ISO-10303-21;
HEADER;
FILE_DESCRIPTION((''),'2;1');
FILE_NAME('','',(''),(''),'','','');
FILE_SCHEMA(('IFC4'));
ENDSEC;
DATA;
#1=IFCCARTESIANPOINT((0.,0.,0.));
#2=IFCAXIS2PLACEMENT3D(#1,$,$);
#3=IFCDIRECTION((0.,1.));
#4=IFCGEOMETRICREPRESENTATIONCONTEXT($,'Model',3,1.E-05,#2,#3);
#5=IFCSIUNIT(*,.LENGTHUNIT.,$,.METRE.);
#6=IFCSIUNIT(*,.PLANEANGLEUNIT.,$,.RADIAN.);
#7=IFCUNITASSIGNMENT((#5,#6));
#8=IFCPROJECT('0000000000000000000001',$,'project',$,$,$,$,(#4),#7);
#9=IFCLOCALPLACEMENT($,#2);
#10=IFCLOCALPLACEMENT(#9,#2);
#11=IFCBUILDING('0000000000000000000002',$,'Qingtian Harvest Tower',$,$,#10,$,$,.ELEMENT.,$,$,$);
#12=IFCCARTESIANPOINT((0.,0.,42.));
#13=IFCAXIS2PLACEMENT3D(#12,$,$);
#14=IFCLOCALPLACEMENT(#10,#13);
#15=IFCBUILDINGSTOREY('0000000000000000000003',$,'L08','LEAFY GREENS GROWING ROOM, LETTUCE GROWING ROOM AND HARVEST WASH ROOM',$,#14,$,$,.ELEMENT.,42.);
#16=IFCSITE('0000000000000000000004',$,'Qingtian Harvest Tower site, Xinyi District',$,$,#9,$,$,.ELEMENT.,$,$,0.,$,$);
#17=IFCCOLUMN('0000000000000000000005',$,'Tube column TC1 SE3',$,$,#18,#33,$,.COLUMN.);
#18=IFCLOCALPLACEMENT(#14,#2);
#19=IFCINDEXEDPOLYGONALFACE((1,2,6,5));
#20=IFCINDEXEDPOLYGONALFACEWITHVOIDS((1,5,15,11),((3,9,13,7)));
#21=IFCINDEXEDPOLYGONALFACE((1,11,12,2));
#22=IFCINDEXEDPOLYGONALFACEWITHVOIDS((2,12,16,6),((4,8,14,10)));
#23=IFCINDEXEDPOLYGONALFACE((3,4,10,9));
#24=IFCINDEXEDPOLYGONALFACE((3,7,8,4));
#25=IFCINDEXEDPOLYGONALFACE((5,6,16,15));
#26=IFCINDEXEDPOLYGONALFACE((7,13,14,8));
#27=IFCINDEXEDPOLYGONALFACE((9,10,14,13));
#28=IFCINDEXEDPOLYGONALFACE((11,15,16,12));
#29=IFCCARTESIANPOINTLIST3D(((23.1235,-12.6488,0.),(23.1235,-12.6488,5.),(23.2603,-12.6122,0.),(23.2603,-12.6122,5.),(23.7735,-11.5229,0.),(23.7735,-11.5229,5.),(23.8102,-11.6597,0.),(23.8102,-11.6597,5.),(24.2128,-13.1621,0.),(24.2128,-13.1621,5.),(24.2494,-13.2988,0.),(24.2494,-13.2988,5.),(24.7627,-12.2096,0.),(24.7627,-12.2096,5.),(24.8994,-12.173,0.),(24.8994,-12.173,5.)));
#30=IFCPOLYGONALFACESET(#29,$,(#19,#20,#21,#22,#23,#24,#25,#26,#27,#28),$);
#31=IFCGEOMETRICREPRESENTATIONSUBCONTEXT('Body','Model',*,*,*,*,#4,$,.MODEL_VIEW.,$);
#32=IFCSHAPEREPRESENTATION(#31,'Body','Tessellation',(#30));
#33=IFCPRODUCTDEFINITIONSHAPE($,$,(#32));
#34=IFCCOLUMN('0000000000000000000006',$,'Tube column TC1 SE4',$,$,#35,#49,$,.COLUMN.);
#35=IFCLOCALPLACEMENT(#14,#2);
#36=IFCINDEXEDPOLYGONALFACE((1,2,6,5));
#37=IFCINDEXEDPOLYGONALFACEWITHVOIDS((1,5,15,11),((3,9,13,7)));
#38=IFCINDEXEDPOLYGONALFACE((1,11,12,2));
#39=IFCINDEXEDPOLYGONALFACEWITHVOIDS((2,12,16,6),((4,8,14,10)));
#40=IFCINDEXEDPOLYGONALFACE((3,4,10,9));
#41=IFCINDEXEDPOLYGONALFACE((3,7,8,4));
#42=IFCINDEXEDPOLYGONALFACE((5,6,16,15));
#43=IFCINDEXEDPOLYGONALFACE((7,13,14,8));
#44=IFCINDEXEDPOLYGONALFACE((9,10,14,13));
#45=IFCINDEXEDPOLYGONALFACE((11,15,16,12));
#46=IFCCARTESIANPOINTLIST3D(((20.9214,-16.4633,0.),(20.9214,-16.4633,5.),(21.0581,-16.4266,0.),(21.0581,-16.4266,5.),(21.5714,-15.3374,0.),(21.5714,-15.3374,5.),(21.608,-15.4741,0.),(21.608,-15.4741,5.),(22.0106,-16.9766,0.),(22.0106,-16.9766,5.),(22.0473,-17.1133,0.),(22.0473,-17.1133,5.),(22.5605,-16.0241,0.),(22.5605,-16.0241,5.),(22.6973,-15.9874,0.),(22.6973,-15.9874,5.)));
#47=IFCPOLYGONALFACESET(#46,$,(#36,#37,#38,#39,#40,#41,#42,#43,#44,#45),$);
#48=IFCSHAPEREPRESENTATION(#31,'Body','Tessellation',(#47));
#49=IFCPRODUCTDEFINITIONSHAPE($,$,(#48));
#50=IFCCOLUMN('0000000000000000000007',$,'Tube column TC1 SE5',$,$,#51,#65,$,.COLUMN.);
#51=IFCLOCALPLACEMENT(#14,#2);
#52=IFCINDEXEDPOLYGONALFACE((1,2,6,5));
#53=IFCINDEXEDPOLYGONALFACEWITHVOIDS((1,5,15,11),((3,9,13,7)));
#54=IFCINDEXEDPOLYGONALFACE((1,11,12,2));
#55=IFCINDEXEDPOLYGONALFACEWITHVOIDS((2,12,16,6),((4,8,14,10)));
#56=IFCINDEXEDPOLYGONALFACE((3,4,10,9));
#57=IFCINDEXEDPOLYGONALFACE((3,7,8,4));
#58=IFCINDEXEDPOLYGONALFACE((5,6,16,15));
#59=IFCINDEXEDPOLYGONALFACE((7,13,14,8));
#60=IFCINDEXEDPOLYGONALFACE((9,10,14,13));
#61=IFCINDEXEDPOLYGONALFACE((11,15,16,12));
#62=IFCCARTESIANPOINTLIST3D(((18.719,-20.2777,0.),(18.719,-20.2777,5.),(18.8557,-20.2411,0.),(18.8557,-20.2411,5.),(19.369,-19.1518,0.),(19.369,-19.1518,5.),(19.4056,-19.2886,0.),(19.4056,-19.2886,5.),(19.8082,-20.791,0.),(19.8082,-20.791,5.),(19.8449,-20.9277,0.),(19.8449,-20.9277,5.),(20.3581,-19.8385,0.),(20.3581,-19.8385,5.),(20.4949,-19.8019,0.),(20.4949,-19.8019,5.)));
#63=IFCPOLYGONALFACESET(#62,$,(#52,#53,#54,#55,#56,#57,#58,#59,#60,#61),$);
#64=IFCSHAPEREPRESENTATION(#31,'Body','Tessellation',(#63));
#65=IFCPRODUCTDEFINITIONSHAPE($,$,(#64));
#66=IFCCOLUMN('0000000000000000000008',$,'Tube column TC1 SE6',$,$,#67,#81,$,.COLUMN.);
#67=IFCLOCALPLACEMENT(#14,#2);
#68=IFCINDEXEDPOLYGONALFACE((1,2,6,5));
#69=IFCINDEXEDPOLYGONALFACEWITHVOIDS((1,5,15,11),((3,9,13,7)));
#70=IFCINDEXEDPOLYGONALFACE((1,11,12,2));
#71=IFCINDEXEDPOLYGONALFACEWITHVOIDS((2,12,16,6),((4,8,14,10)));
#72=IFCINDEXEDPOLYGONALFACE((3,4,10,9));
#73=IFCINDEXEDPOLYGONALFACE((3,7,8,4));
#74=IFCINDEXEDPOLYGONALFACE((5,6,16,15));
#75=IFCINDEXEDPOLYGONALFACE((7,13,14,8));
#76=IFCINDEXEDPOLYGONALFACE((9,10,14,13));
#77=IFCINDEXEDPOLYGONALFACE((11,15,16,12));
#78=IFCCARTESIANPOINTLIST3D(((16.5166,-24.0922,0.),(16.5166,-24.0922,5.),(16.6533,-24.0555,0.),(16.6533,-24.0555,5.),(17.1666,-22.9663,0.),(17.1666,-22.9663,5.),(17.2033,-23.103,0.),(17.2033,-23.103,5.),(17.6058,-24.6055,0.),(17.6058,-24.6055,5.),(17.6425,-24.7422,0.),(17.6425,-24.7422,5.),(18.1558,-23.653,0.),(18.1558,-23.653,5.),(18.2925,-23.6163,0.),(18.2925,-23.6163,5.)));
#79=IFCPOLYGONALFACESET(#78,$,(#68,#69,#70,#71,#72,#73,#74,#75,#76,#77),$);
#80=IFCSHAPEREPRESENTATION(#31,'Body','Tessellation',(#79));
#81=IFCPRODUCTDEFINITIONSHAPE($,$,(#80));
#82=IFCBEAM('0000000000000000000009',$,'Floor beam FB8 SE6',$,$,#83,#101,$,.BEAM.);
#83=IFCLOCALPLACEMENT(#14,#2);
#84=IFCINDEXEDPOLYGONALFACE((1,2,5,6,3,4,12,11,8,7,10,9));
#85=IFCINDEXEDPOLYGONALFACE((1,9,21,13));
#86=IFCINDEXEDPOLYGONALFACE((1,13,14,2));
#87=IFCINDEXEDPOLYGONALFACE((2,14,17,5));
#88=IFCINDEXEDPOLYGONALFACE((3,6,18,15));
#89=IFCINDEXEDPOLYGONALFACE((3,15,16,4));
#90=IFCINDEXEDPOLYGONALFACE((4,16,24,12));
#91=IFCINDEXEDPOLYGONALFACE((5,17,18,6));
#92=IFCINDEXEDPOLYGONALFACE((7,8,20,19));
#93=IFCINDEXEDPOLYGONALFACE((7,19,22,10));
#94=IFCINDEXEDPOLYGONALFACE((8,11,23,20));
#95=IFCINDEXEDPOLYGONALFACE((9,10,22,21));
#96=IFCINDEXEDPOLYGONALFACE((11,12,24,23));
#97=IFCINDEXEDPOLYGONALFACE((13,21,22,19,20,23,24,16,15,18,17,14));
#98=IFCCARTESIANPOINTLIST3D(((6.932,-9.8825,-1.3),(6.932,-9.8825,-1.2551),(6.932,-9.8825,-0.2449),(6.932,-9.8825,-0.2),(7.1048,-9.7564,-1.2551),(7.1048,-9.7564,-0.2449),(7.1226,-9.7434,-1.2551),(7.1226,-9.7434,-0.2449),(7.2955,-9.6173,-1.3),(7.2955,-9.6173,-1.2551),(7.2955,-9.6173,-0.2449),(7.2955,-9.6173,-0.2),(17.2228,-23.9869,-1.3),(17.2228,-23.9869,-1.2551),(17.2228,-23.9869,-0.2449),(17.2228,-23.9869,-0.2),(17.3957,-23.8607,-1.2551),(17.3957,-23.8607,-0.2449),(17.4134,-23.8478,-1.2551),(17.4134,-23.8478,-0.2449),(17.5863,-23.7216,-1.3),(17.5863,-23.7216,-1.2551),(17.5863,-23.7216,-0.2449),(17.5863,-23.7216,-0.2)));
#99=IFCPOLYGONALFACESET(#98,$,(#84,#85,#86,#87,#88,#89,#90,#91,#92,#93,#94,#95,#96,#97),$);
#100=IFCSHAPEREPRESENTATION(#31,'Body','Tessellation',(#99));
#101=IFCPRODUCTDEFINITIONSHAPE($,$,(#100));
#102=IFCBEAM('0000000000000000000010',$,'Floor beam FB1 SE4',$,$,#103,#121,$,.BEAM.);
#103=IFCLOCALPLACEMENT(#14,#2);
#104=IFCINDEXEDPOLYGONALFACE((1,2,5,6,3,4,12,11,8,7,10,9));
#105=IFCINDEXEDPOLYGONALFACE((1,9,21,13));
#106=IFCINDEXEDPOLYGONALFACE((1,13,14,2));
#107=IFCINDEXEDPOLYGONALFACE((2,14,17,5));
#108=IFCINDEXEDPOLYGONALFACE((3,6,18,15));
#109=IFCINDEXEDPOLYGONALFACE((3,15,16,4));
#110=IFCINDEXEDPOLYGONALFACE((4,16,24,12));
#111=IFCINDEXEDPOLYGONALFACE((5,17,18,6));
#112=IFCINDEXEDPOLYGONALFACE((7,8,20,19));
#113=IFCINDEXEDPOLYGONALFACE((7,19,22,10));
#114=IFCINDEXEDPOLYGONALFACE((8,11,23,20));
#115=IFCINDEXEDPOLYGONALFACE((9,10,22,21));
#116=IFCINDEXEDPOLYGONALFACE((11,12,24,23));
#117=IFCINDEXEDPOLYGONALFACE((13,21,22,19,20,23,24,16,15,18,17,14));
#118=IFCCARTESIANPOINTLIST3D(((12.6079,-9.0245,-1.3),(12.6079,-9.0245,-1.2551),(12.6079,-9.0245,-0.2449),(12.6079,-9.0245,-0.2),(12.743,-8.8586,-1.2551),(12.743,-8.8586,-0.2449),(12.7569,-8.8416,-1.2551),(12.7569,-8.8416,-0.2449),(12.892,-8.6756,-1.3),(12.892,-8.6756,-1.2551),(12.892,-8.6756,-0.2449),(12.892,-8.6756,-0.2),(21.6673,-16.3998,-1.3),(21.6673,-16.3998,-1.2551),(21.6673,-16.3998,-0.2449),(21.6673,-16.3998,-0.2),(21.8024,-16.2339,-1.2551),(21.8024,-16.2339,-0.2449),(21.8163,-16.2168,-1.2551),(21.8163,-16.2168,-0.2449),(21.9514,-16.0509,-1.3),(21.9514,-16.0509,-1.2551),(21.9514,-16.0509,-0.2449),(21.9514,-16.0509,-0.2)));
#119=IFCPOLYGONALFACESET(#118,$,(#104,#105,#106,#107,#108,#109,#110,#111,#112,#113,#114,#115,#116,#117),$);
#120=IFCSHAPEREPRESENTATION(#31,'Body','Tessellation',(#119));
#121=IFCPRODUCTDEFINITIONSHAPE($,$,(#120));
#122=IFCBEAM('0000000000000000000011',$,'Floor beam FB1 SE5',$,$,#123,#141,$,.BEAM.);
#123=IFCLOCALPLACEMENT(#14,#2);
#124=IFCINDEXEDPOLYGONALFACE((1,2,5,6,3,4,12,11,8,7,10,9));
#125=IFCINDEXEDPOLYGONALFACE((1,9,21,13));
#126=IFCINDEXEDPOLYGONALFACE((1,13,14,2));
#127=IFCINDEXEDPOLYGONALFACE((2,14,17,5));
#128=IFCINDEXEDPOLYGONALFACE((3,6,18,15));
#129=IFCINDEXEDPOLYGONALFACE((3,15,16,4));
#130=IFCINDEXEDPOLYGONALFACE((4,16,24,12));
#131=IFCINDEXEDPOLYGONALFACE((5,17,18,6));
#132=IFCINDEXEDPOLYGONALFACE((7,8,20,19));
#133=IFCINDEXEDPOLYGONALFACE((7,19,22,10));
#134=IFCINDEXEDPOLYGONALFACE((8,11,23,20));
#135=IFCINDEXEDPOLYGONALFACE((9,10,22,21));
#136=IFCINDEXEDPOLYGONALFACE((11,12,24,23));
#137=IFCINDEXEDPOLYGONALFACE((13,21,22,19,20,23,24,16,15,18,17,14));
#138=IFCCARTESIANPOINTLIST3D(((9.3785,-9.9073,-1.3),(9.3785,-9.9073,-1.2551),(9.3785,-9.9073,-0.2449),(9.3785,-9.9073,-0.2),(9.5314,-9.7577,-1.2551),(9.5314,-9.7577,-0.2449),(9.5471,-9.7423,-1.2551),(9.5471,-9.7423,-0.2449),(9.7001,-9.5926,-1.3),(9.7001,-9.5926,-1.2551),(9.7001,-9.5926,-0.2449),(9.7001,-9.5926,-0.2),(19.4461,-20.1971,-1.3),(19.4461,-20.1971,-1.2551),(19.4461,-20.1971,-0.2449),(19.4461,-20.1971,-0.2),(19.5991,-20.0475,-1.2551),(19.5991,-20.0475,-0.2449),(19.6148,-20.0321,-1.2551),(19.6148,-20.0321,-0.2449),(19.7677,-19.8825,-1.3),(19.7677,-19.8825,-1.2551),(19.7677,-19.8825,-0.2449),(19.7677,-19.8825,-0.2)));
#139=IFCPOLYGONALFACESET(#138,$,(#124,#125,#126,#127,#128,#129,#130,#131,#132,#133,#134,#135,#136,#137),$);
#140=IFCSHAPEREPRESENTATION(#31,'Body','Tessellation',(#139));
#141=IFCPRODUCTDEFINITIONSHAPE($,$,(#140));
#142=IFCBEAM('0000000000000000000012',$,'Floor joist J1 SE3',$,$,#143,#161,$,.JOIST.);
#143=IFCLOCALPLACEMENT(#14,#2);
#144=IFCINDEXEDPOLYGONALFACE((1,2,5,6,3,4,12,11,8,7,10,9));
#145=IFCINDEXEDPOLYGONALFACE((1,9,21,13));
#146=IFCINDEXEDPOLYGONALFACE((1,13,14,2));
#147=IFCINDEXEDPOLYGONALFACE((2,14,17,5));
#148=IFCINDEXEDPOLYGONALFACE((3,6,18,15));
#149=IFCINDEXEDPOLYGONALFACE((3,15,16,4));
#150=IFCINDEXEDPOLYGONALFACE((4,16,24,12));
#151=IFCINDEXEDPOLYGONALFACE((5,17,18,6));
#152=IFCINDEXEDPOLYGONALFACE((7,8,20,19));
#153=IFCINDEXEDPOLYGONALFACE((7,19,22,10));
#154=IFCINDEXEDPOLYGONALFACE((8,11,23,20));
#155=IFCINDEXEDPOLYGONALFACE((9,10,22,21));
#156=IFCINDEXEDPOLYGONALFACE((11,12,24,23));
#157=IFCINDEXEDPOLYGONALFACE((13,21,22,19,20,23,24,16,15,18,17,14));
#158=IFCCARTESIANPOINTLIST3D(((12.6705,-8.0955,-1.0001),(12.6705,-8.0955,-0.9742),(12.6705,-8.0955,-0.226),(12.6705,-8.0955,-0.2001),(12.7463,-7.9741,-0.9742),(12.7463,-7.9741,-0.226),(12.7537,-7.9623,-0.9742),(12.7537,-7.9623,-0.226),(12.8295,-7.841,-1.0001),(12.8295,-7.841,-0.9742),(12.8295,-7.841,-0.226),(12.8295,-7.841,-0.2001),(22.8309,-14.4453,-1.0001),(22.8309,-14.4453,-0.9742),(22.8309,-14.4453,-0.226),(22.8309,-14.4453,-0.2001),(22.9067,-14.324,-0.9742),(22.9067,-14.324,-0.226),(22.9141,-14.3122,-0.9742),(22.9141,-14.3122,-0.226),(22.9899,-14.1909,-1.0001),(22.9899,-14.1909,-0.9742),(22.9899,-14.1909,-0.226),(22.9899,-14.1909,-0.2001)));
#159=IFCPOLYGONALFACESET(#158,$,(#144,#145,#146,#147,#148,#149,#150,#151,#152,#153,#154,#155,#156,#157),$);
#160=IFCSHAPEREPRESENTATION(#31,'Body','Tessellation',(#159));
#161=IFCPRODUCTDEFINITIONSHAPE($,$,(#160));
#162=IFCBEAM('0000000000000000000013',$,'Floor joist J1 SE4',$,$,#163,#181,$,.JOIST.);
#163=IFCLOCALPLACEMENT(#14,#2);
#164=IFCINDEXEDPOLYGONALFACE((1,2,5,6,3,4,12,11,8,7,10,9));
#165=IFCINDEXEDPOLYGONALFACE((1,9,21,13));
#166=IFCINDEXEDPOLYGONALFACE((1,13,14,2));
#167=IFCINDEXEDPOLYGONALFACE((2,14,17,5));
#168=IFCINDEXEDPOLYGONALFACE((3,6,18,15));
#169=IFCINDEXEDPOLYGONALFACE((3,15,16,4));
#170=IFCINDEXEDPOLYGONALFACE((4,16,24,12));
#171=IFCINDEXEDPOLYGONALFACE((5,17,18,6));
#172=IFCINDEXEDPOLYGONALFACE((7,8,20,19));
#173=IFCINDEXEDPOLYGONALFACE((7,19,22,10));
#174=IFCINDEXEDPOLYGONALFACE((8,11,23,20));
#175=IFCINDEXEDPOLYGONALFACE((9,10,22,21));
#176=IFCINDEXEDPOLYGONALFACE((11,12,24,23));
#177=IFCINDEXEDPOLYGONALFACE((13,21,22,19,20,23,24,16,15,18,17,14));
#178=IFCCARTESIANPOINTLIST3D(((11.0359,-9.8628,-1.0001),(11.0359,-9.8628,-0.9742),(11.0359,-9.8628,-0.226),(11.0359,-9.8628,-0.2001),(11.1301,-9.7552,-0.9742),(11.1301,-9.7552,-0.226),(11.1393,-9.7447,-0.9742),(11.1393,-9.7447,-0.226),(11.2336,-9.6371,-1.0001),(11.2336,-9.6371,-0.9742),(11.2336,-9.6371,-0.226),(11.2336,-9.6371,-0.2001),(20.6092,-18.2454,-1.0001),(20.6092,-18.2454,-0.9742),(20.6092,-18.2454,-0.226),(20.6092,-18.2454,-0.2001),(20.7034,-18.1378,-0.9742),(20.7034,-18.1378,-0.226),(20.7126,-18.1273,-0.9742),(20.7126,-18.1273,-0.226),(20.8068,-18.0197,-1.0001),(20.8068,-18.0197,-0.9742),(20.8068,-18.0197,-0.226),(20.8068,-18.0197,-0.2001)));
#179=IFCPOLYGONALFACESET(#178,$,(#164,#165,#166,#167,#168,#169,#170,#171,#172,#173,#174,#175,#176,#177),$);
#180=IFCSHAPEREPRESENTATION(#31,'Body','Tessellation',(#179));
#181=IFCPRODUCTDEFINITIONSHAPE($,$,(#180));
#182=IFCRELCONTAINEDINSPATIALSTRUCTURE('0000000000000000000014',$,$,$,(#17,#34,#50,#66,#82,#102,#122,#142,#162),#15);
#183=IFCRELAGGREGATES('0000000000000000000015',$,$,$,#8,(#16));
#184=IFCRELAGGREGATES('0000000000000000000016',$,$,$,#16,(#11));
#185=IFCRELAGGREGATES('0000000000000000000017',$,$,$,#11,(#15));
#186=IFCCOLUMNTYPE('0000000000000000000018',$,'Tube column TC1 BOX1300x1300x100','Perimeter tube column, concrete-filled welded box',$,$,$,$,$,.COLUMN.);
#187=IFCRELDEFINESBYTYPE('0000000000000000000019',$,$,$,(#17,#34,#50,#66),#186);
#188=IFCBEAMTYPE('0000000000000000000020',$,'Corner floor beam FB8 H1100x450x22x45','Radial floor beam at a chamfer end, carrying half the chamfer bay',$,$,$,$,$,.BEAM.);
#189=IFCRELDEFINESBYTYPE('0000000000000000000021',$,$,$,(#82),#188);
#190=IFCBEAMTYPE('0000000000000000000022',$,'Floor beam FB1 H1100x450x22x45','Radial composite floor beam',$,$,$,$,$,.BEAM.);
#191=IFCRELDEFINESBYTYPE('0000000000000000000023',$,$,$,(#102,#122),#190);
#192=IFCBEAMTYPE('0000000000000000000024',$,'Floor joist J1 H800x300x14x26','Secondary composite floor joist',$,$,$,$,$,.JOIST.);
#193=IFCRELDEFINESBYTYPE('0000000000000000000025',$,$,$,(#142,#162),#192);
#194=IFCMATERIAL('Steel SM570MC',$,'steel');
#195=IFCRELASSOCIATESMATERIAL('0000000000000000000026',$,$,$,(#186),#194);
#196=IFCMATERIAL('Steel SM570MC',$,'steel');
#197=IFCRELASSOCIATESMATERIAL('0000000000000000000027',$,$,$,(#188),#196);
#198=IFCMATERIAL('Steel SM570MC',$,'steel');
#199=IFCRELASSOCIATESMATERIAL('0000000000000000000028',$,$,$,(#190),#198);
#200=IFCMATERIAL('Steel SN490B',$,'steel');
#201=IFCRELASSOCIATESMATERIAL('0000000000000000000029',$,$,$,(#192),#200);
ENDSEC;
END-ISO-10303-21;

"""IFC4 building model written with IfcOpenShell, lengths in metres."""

from ifc_helpers import new_model, si_unit, direction, frame, origin, origin_2d, place, context, subcontext, project, spatial, hollow_rectangle, i_section, extrude, material, material_profile, profile_set, type_object, element, save


model = new_model("IFC4")

# Units and contexts
model_context = context("Model", 3, precision=1e-05, world=origin(), true_north=direction((0.0, 1.0)))
body_context = subcontext(model_context, "Body", "Model", "MODEL_VIEW")
ifc_project = project(units=[si_unit("LENGTHUNIT", "METRE"), si_unit("PLANEANGLEUNIT", "RADIAN")], contexts=[model_context])

# Site, building, storey
site_placement = place(None, origin())
site = spatial("IfcSite", under=ifc_project, at=site_placement, Name="Qingtian Harvest Tower site, Xinyi District", CompositionType="ELEMENT", RefElevation=0.0)
building_placement = place(site_placement, origin())
building = spatial("IfcBuilding", under=site, at=building_placement, Name="Qingtian Harvest Tower", CompositionType="ELEMENT")
storey_placement = place(building_placement, frame((0.0, 0.0, 42.0)))
storey = spatial("IfcBuildingStorey", under=building, at=storey_placement, Name="L08", Description="LEAFY GREENS GROWING ROOM, LETTUCE GROWING ROOM AND HARVEST WASH ROOM", CompositionType="ELEMENT", Elevation=42.0)

# Columns
ifc_material_1 = material(Name="Steel SM570MC", Category="steel")
ifc_material_profile_1 = material_profile(ifc_material_1, hollow_rectangle(XDim=1.3, YDim=1.3, WallThickness=0.1001, at=origin_2d()), Name="BOX1300x1300x100")
ifc_profile_set_1 = profile_set([ifc_material_profile_1], Name="Steel SM570MC")
column_type = type_object("IfcColumnType", Name="Tube column TC1 BOX1300x1300x100", Description="Perimeter tube column, concrete-filled welded box", PredefinedType="COLUMN", material=ifc_profile_set_1)
for number, where, z_axis, x_axis, name in (
    (1, (24.0115, -12.4109, 0.0), (0.0, 0.0, 1.0), (0.5, 0.866025, 0.0), "Tube column TC1 SE3"),
    (2, (21.8093, -16.2253, 0.0), (0.0, 0.0, 1.0), (0.5, 0.866025, 0.0), "Tube column TC1 SE4"),
    (3, (19.6069, -20.0398, 0.0), (0.0, 0.0, 1.0), (0.5, 0.866025, 0.0), "Tube column TC1 SE5"),
    (4, (17.4045, -23.8542, 0.0), (0.0, 0.0, 1.0), (0.5, 0.866025, 0.0), "Tube column TC1 SE6"),
):
    element("IfcColumn", number, at=place(storey_placement, frame(where, z_axis=z_axis, x_axis=x_axis)), inside=storey, type_object=column_type, Name=name, PredefinedType="COLUMN", context=body_context, shape_type="SweptSolid", body=[
        extrude(hollow_rectangle(XDim=1.3, YDim=1.3, WallThickness=0.1001, at=origin_2d()), origin(), (0.0, 0.0, 1.0), 5.0),
    ])

# Beams
ifc_material_2 = material(Name="Steel SM570MC", Category="steel")
ifc_material_profile_2 = material_profile(ifc_material_2, i_section(OverallWidth=0.45, OverallDepth=1.1001, WebThickness=0.022, FlangeThickness=0.0449, at=origin_2d()), Name="H1100x450x22x45")
ifc_profile_set_2 = profile_set([ifc_material_profile_2], Name="Steel SM570MC")
beam_type_1 = type_object("IfcBeamType", Name="Corner floor beam FB8 H1100x450x22x45", Description="Radial floor beam at a chamfer end, carrying half the chamfer bay", PredefinedType="BEAM", material=ifc_profile_set_2)
beam_1_placement = place(storey_placement, frame((17.4045, -23.8542, -0.75), z_axis=(-0.589412, 0.807832, 0.0), x_axis=(-0.807832, -0.589412, 0.0)))
element("IfcBeam", 5, at=beam_1_placement, inside=storey, type_object=beam_type_1, Name="Floor beam FB8 SE6", PredefinedType="BEAM", context=body_context, shape_type="SweptSolid", body=[
    extrude(i_section(OverallWidth=0.45, OverallDepth=1.1001, WebThickness=0.022, FlangeThickness=0.0449, at=origin_2d()), origin(), (0.0, 0.0, 1.0), 17.4595),
])
ifc_material_3 = material(Name="Steel SM570MC", Category="steel")
ifc_material_profile_3 = material_profile(ifc_material_3, i_section(OverallWidth=0.45, OverallDepth=1.1001, WebThickness=0.022, FlangeThickness=0.0449, at=origin_2d()), Name="H1100x450x22x45")
ifc_profile_set_3 = profile_set([ifc_material_profile_3], Name="Steel SM570MC")
beam_type_2 = type_object("IfcBeamType", Name="Floor beam FB1 H1100x450x22x45", Description="Radial composite floor beam", PredefinedType="BEAM", material=ifc_profile_set_3)
beam_2_placement = place(storey_placement, frame((21.8093, -16.2253, -0.75), z_axis=(-0.775504, 0.631342, 0.0), x_axis=(-0.631342, -0.775504, 0.0)))
element("IfcBeam", 6, at=beam_2_placement, inside=storey, type_object=beam_type_2, Name="Floor beam FB1 SE4", PredefinedType="BEAM", context=body_context, shape_type="SweptSolid", body=[
    extrude(i_section(OverallWidth=0.45, OverallDepth=1.1001, WebThickness=0.022, FlangeThickness=0.0449, at=origin_2d()), origin(), (0.0, 0.0, 1.0), 11.6819),
])
beam_3_placement = place(storey_placement, frame((19.6069, -20.0398, -0.75), z_axis=(-0.699348, 0.714781, 0.0), x_axis=(-0.714781, -0.699348, 0.0)))
element("IfcBeam", 7, at=beam_3_placement, inside=storey, type_object=beam_type_2, Name="Floor beam FB1 SE5", PredefinedType="BEAM", context=body_context, shape_type="SweptSolid", body=[
    extrude(i_section(OverallWidth=0.45, OverallDepth=1.1001, WebThickness=0.022, FlangeThickness=0.0449, at=origin_2d()), origin(), (0.0, 0.0, 1.0), 14.3958),
])
ifc_material_4 = material(Name="Steel SN490B", Category="steel")
ifc_material_profile_4 = material_profile(ifc_material_4, i_section(OverallWidth=0.3, OverallDepth=0.8, WebThickness=0.0139, FlangeThickness=0.0259, at=origin_2d()), Name="H800x300x14x26")
ifc_profile_set_4 = profile_set([ifc_material_profile_4], Name="Steel SN490B")
beam_type_3 = type_object("IfcBeamType", Name="Floor joist J1 H800x300x14x26", Description="Secondary composite floor joist", PredefinedType="JOIST", material=ifc_profile_set_4)
beam_4_placement = place(storey_placement, frame((22.9104, -14.3181, -0.6001), z_axis=(-0.848013, 0.529975, 0.0), x_axis=(-0.529975, -0.848013, 0.0)))
element("IfcBeam", 8, at=beam_4_placement, inside=storey, type_object=beam_type_3, Name="Floor joist J1 SE3", PredefinedType="JOIST", context=body_context, shape_type="SweptSolid", body=[
    extrude(i_section(OverallWidth=0.3, OverallDepth=0.8, WebThickness=0.0139, FlangeThickness=0.0259, at=origin_2d()), origin(), (0.0, 0.0, 1.0), 11.9814),
])
beam_5_placement = place(storey_placement, frame((20.708, -18.1326, -0.6001), z_axis=(-0.752344, 0.658771, 0.0), x_axis=(-0.658771, -0.752344, 0.0)))
element("IfcBeam", 9, at=beam_5_placement, inside=storey, type_object=beam_type_3, Name="Floor joist J1 SE4", PredefinedType="JOIST", context=body_context, shape_type="SweptSolid", body=[
    extrude(i_section(OverallWidth=0.3, OverallDepth=0.8, WebThickness=0.0139, FlangeThickness=0.0259, at=origin_2d()), origin(), (0.0, 0.0, 1.0), 12.7246),
])

save(model, "model.ifc")
